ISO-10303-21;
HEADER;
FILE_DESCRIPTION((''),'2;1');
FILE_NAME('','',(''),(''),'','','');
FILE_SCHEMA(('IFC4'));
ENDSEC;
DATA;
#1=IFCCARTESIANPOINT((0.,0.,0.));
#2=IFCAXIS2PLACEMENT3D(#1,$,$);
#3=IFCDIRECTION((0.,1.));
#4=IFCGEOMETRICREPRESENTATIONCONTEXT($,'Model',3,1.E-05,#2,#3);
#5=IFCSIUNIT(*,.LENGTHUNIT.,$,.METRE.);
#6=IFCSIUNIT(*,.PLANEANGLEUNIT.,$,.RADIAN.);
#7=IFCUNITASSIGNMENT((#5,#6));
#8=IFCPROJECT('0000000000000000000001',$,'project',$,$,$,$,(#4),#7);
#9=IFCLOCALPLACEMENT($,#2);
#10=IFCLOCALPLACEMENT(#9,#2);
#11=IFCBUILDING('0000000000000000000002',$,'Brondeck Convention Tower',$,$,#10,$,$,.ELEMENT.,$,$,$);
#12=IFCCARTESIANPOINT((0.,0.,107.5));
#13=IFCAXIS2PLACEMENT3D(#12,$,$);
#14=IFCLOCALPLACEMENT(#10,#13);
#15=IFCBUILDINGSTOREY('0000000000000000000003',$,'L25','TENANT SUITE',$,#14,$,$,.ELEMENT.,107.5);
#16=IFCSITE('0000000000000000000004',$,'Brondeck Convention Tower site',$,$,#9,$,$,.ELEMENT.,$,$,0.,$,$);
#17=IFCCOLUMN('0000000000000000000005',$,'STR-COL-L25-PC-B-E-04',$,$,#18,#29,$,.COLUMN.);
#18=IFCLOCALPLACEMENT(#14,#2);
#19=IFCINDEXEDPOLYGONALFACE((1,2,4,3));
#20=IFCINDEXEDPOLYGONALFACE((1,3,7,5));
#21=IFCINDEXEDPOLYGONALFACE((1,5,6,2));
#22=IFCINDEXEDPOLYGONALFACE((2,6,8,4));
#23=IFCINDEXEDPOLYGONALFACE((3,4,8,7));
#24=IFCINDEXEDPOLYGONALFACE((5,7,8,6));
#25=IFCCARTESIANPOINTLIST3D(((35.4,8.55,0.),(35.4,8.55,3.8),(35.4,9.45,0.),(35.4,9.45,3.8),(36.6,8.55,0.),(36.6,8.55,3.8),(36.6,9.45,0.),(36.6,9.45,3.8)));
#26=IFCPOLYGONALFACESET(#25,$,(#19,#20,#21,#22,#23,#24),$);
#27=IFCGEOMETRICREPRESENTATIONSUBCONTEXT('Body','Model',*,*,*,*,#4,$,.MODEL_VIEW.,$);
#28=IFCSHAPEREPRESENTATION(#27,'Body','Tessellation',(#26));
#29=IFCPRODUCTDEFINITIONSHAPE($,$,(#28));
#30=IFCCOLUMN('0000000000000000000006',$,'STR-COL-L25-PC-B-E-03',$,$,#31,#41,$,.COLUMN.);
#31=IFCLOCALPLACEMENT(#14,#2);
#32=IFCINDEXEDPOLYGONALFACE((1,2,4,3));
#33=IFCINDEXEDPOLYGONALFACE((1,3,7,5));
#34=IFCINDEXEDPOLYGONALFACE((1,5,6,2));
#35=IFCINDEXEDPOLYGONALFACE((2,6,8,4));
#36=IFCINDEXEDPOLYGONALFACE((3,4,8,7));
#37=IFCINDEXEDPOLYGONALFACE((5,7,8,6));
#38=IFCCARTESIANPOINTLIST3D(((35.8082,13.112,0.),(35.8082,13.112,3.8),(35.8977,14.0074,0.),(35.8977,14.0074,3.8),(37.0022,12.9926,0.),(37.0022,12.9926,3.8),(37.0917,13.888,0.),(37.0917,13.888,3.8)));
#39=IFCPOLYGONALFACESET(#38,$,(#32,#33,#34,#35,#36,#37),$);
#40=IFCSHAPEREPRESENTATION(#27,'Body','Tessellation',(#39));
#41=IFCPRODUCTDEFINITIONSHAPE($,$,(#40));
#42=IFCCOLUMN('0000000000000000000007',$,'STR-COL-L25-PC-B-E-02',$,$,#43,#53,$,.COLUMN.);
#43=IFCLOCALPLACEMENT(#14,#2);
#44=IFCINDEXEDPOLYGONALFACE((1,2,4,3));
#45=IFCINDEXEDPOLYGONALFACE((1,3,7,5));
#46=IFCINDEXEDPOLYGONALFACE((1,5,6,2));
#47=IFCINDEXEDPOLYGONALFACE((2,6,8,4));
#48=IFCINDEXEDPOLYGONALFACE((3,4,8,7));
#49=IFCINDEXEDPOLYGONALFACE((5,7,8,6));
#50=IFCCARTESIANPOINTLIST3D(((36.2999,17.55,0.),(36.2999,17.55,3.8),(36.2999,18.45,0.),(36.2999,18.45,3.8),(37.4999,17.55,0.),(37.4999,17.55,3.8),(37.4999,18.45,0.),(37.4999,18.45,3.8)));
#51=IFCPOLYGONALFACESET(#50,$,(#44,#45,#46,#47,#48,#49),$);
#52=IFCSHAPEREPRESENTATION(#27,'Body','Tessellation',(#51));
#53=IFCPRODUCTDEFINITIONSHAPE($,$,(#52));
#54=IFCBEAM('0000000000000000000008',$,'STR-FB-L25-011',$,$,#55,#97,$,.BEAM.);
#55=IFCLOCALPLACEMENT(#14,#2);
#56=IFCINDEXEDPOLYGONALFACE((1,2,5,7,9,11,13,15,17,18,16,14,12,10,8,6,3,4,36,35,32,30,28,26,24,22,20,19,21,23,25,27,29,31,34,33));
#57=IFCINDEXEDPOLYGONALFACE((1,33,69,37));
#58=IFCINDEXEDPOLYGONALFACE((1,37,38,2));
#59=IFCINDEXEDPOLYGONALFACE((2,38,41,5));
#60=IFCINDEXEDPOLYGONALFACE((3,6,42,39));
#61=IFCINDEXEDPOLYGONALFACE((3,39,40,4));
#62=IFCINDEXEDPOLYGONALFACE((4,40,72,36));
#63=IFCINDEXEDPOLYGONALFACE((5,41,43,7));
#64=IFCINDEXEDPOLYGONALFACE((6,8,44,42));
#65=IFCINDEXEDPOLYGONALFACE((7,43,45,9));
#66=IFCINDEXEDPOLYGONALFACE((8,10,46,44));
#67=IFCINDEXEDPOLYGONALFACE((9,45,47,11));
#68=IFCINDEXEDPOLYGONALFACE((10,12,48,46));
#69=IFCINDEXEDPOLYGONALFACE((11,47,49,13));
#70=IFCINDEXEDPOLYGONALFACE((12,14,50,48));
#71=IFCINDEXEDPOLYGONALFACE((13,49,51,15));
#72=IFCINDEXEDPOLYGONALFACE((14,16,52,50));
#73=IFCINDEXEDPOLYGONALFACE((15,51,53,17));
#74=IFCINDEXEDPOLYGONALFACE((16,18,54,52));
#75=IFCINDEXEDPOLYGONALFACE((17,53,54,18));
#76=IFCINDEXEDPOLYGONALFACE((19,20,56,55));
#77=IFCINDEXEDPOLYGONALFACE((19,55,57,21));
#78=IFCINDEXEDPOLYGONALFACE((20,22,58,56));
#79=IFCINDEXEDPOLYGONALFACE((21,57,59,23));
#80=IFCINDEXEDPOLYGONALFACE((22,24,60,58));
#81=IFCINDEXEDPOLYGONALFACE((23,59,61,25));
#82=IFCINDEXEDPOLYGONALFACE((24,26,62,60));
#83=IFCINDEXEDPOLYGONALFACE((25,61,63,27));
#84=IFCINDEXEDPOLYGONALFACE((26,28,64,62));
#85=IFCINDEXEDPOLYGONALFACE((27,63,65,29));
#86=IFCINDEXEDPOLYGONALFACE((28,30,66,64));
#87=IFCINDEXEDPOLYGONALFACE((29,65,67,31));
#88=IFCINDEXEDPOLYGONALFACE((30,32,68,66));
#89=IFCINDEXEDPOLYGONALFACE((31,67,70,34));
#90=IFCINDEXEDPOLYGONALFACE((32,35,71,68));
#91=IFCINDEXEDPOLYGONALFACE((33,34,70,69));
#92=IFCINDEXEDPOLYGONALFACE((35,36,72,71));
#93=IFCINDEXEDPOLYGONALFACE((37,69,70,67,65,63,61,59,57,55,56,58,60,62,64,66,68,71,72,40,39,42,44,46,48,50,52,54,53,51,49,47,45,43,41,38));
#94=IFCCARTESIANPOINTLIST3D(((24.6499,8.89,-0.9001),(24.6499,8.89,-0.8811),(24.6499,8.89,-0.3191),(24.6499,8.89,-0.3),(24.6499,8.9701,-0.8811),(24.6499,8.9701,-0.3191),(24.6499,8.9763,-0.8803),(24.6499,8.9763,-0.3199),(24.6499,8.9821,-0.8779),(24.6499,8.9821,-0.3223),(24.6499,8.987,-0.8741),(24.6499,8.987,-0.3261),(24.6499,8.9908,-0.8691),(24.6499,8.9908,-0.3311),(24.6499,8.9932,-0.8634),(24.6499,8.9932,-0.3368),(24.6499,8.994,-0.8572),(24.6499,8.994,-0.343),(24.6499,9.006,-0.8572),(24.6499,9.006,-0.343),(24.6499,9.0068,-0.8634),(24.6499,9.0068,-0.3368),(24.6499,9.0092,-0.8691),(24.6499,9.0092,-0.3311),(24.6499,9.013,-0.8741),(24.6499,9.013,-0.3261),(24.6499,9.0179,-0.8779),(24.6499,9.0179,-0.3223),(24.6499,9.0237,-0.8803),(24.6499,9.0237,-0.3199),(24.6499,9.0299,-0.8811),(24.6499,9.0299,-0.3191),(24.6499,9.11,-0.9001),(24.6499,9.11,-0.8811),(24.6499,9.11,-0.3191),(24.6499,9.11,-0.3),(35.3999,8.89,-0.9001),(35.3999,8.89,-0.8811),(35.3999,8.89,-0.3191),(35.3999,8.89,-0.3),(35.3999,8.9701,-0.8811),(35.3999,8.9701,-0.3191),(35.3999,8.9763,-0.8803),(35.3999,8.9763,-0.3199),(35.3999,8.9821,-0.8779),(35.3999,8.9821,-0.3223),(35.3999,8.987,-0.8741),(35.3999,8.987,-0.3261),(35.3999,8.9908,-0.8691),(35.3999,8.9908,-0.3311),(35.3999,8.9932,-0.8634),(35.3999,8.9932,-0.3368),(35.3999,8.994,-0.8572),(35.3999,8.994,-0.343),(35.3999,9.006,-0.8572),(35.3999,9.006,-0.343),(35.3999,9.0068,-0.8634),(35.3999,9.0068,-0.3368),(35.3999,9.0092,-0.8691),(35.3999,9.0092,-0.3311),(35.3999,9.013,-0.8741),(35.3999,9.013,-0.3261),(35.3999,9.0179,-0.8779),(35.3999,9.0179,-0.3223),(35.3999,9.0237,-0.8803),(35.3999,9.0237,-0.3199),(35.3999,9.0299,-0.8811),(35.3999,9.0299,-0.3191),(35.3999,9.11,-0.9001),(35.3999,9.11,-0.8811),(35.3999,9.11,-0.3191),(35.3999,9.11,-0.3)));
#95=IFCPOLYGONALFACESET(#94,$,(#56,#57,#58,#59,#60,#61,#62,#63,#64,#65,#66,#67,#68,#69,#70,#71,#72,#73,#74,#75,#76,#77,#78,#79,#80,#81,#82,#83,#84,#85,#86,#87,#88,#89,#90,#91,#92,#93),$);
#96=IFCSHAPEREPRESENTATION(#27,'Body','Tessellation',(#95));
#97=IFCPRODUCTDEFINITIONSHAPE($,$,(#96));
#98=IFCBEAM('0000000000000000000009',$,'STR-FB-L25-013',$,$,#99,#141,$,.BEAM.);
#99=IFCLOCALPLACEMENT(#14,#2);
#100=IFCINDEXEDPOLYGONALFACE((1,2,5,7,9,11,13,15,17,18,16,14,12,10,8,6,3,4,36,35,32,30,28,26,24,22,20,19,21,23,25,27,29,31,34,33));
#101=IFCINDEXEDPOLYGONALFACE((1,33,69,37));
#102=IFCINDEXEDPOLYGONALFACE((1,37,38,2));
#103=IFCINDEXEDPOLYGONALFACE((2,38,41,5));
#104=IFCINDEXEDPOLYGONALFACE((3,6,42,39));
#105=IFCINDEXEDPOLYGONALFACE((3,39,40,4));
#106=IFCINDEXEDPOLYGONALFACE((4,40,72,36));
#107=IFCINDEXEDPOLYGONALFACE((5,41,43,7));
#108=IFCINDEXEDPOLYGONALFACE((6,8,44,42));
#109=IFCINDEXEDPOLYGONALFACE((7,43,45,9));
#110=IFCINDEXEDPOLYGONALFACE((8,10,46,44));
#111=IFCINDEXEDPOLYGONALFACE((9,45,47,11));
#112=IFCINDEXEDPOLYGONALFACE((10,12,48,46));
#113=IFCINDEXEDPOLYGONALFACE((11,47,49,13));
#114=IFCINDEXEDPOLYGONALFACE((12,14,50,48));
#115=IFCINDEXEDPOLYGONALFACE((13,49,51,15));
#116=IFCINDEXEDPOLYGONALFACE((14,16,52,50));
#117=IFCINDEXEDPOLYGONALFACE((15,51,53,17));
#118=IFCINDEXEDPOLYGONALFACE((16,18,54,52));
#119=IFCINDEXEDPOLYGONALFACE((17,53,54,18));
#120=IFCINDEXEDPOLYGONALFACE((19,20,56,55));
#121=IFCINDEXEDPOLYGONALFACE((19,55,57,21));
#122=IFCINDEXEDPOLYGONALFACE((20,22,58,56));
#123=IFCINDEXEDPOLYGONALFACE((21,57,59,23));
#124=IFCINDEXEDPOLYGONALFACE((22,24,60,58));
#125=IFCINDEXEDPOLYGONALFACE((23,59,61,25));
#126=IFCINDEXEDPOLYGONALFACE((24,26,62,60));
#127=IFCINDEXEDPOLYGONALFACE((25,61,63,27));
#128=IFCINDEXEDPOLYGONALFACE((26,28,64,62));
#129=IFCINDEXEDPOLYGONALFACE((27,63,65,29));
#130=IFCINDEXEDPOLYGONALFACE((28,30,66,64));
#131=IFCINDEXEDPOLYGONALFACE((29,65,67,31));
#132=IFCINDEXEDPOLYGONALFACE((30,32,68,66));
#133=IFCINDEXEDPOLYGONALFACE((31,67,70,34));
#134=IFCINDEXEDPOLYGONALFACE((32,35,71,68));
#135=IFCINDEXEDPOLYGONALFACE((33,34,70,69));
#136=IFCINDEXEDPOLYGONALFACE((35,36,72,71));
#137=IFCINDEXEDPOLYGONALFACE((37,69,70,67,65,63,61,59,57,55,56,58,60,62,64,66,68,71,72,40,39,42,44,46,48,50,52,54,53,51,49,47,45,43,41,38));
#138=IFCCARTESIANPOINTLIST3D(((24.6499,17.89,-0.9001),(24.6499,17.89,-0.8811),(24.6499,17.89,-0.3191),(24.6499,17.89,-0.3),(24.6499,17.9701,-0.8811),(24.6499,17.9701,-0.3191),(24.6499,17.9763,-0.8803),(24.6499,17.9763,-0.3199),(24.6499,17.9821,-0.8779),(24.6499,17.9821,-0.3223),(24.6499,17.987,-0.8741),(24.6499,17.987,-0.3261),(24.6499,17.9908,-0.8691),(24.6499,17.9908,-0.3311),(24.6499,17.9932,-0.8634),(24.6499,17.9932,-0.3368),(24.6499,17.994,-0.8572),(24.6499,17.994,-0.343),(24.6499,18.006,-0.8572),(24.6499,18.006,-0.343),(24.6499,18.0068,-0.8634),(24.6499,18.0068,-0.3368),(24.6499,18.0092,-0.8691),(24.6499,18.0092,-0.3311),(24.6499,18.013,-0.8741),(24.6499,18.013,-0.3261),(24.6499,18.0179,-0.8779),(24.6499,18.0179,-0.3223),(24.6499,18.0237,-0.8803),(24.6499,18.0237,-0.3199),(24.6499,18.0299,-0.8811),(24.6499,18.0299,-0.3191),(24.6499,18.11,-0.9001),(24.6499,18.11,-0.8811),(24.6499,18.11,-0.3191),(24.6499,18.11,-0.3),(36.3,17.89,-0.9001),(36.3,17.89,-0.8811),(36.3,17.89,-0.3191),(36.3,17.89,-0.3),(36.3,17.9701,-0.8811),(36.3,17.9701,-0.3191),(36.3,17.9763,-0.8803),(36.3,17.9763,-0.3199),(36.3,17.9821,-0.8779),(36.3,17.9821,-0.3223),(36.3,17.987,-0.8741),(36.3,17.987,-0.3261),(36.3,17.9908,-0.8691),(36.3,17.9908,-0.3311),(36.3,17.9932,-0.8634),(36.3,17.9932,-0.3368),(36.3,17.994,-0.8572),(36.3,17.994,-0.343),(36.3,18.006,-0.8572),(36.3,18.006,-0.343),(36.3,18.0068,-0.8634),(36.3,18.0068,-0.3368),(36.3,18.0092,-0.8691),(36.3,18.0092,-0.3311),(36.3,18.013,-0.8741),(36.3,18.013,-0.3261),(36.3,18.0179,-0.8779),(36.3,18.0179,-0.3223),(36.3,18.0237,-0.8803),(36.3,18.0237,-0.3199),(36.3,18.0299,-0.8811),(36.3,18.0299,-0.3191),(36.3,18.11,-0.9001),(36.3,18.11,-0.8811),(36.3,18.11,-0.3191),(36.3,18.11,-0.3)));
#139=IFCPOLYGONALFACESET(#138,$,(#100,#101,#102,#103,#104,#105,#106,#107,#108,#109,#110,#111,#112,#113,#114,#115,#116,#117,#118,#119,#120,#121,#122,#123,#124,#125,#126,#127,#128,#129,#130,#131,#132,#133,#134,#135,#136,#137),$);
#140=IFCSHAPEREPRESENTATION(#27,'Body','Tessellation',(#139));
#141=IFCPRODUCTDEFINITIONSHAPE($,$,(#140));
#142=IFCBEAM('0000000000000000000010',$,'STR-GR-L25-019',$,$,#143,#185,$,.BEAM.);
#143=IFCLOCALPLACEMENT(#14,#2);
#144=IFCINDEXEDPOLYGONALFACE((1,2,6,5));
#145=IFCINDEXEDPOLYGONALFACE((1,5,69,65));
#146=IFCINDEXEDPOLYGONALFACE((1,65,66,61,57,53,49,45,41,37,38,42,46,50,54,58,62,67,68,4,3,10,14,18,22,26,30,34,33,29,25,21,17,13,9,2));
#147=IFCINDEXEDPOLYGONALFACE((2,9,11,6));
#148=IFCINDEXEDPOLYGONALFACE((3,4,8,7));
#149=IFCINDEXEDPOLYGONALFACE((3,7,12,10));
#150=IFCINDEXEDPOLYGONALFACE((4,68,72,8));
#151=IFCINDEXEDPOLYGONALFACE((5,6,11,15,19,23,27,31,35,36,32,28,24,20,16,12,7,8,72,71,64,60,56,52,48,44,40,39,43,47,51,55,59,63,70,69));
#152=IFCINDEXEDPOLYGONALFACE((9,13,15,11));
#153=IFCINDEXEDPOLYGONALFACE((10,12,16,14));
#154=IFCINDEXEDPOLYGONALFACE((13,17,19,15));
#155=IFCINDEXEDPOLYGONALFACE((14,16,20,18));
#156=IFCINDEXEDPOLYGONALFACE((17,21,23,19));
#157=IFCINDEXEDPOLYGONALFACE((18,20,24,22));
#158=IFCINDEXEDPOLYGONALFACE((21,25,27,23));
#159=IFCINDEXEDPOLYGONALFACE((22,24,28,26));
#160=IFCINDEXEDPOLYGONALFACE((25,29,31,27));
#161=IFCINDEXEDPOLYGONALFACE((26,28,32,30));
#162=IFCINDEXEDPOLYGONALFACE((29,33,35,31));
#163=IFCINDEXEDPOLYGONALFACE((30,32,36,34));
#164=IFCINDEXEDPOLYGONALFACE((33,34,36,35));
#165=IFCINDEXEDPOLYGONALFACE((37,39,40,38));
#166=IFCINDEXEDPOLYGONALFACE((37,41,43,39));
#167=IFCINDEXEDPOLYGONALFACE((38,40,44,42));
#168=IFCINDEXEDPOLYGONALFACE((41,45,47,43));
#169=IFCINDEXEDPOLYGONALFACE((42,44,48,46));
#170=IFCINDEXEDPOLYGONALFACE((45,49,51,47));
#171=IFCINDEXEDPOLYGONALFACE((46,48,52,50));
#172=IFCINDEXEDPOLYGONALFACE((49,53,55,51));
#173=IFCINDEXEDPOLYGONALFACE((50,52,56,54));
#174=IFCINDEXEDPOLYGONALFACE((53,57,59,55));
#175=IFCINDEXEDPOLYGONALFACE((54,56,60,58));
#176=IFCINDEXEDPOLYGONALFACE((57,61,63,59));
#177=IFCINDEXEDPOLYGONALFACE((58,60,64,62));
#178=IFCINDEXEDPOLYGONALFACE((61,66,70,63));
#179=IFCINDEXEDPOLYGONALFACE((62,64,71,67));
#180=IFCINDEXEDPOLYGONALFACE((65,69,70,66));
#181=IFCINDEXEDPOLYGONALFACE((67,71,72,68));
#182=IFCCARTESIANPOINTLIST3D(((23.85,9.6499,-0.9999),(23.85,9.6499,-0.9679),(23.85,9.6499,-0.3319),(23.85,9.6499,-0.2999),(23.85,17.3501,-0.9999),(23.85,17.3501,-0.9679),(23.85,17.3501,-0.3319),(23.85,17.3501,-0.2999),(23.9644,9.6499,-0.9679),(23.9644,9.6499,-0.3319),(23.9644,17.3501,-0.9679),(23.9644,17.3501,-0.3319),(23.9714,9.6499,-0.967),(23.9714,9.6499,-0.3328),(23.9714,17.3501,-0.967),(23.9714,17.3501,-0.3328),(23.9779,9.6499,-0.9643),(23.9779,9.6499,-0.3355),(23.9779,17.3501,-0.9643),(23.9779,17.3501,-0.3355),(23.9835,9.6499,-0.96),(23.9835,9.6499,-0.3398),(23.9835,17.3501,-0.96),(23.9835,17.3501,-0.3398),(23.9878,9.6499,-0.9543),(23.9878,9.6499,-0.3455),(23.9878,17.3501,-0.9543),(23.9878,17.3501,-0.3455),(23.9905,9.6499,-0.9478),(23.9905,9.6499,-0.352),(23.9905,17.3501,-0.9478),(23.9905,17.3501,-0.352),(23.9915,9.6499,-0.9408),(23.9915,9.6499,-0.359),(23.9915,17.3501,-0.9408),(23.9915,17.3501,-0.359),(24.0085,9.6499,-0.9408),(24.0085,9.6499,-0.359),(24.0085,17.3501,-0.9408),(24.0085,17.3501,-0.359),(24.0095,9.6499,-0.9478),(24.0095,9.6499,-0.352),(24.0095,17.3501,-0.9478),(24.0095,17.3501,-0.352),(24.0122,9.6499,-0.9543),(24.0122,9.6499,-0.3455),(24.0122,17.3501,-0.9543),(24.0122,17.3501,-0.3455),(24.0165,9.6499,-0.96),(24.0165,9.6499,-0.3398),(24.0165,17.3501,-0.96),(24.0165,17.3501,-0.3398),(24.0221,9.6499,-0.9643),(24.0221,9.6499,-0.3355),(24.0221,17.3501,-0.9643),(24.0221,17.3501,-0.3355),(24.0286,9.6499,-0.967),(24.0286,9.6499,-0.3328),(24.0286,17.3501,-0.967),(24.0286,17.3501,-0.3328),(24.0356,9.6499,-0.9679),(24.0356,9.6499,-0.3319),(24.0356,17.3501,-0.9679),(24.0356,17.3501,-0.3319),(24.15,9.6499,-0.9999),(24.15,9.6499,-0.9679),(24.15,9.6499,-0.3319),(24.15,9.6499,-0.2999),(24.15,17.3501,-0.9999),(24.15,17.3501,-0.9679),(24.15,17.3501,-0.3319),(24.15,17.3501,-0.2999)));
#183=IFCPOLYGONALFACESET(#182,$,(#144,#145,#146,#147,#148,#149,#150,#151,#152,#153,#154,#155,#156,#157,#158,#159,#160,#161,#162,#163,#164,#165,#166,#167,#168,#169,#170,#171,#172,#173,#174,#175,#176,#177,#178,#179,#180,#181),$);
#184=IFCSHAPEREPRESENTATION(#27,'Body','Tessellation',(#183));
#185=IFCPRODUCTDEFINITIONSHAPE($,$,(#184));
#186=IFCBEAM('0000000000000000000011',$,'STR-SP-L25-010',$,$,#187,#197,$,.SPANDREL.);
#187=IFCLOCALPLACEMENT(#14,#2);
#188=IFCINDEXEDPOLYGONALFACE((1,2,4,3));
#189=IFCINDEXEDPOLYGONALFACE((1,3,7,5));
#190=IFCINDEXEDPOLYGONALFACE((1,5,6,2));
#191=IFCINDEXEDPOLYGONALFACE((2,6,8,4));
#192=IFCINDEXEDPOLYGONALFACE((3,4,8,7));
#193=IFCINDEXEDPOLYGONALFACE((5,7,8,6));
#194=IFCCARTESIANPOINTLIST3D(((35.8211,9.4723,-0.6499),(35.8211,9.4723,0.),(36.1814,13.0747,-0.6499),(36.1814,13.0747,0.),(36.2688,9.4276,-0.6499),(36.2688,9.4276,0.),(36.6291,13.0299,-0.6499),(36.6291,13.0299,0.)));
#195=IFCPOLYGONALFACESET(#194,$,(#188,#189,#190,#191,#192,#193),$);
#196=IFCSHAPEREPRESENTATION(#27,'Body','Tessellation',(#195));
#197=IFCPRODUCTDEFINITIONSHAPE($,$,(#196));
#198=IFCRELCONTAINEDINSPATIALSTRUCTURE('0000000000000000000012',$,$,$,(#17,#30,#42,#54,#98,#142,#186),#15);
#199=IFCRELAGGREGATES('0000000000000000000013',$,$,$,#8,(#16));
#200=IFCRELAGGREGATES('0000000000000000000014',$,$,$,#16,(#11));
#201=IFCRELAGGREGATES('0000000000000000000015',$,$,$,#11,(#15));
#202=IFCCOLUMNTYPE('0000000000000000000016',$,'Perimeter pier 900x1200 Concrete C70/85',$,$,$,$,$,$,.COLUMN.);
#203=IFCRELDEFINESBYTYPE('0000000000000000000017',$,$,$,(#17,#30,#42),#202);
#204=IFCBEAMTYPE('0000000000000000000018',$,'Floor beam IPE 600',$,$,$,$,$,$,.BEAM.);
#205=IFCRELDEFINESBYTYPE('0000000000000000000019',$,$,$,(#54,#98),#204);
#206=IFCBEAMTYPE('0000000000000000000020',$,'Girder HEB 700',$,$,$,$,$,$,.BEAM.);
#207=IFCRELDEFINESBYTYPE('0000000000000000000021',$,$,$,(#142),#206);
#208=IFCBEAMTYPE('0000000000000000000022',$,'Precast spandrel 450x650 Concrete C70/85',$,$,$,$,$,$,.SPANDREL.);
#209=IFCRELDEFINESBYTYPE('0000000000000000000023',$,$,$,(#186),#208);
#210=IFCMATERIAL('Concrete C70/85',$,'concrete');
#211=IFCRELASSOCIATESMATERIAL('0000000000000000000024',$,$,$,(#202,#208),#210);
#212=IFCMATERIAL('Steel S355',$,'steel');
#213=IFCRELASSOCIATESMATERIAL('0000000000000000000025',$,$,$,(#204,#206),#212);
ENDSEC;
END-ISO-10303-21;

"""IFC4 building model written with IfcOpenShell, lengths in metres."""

from ifc_helpers import new_model, si_unit, direction, frame, origin, origin_2d, place, context, subcontext, project, spatial, rectangle, i_section, extrude, material, material_profile, profile_set, type_object, element, save


model = new_model("IFC4")

# Units and contexts
model_context = context("Model", 3, precision=1e-05, world=origin(), true_north=direction((0.0, 1.0)))
body_context = subcontext(model_context, "Body", "Model", "MODEL_VIEW")
ifc_project = project(units=[si_unit("LENGTHUNIT", "METRE"), si_unit("PLANEANGLEUNIT", "RADIAN")], contexts=[model_context])

# Site, building, storey
site_placement = place(None, origin())
site = spatial("IfcSite", under=ifc_project, at=site_placement, Name="Brondeck Convention Tower site", CompositionType="ELEMENT", RefElevation=0.0)
building_placement = place(site_placement, origin())
building = spatial("IfcBuilding", under=site, at=building_placement, Name="Brondeck Convention Tower", CompositionType="ELEMENT")
storey_placement = place(building_placement, frame((0.0, 0.0, 107.5)))
storey = spatial("IfcBuildingStorey", under=building, at=storey_placement, Name="L25", Description="TENANT SUITE", CompositionType="ELEMENT", Elevation=107.5)

# Columns
ifc_material_1 = material(Name="Concrete C70/85", Category="concrete")
ifc_material_profile_1 = material_profile(ifc_material_1, rectangle(XDim=0.8999, YDim=1.2, at=origin_2d()), Name="Perimeter pier 900x1200 Concrete C70/85")
ifc_profile_set_1 = profile_set([ifc_material_profile_1], Name="Concrete C70/85")
column_type = type_object("IfcColumnType", Name="Perimeter pier 900x1200 Concrete C70/85", PredefinedType="COLUMN", material=ifc_profile_set_1)
for number, where, z_axis, x_axis, name in (
    (1, (36.0, 9.0, 0.0), (0.0, 0.0, 1.0), (0.0, 1.0, 0.0), "STR-COL-L25-PC-B-E-04"),
    (2, (36.45, 13.5, 0.0), (0.0, 0.0, 1.0), (0.099504, 0.995037, 0.0), "STR-COL-L25-PC-B-E-03"),
    (3, (36.8999, 18.0, 0.0), (0.0, 0.0, 1.0), (0.0, 1.0, 0.0), "STR-COL-L25-PC-B-E-02"),
):
    element("IfcColumn", number, at=place(storey_placement, frame(where, z_axis=z_axis, x_axis=x_axis)), inside=storey, type_object=column_type, Name=name, PredefinedType="COLUMN", context=body_context, shape_type="SweptSolid", body=[
        extrude(rectangle(XDim=0.8999, YDim=1.2, at=origin_2d()), origin(), (0.0, 0.0, 1.0), 3.8),
    ])

# Beams
ifc_material_2 = material(Name="Steel S355", Category="steel")
ifc_material_profile_2 = material_profile(ifc_material_2, i_section(OverallWidth=0.22, OverallDepth=0.6001, WebThickness=0.012, FlangeThickness=0.019, FilletRadius=0.0239, at=origin_2d()), Name="IPE 600")
ifc_profile_set_2 = profile_set([ifc_material_profile_2], Name="Steel S355")
beam_type_1 = type_object("IfcBeamType", Name="Floor beam IPE 600", PredefinedType="BEAM", material=ifc_profile_set_2)
beam_1_placement = place(storey_placement, frame((24.6499, 9.0, -0.6001), z_axis=(1.0, 0.0, 0.0), x_axis=(0.0, 1.0, 0.0)))
element("IfcBeam", 4, at=beam_1_placement, inside=storey, type_object=beam_type_1, Name="STR-FB-L25-011", PredefinedType="BEAM", context=body_context, shape_type="SweptSolid", body=[
    extrude(i_section(OverallWidth=0.22, OverallDepth=0.6001, WebThickness=0.012, FlangeThickness=0.019, FilletRadius=0.0239, at=origin_2d()), origin(), (0.0, 0.0, 1.0), 10.75),
])
beam_2_placement = place(storey_placement, frame((24.6499, 18.0, -0.6001), z_axis=(1.0, 0.0, 0.0), x_axis=(0.0, 1.0, 0.0)))
element("IfcBeam", 5, at=beam_2_placement, inside=storey, type_object=beam_type_1, Name="STR-FB-L25-013", PredefinedType="BEAM", context=body_context, shape_type="SweptSolid", body=[
    extrude(i_section(OverallWidth=0.22, OverallDepth=0.6001, WebThickness=0.012, FlangeThickness=0.019, FilletRadius=0.0239, at=origin_2d()), origin(), (0.0, 0.0, 1.0), 11.6501),
])
ifc_material_profile_3 = material_profile(ifc_material_2, i_section(OverallWidth=0.3, OverallDepth=0.7, WebThickness=0.0171, FlangeThickness=0.032, FilletRadius=0.0271, at=origin_2d()), Name="HEB 700")
ifc_profile_set_3 = profile_set([ifc_material_profile_3], Name="Steel S355")
beam_type_2 = type_object("IfcBeamType", Name="Girder HEB 700", PredefinedType="BEAM", material=ifc_profile_set_3)
beam_3_placement = place(storey_placement, frame((24.0, 17.3501, -0.6499), z_axis=(0.0, -1.0, 0.0), x_axis=(1.0, 0.0, 0.0)))
element("IfcBeam", 6, at=beam_3_placement, inside=storey, type_object=beam_type_2, Name="STR-GR-L25-019", PredefinedType="BEAM", context=body_context, shape_type="SweptSolid", body=[
    extrude(i_section(OverallWidth=0.3, OverallDepth=0.7, WebThickness=0.0171, FlangeThickness=0.032, FilletRadius=0.0271, at=origin_2d()), origin(), (0.0, 0.0, 1.0), 7.7002),
])
ifc_material_profile_4 = material_profile(ifc_material_1, rectangle(XDim=0.45, YDim=0.6499, at=origin_2d()), Name="Precast spandrel 450x650 Concrete C70/85")
ifc_profile_set_4 = profile_set([ifc_material_profile_4], Name="Concrete C70/85")
beam_type_3 = type_object("IfcBeamType", Name="Precast spandrel 450x650 Concrete C70/85", PredefinedType="SPANDREL", material=ifc_profile_set_4)
for number, where, z_axis, x_axis, name in (
    (7, (36.0449, 9.45, -0.325), (0.099537, 0.995034, 0.0), (-0.995034, 0.099537, 0.0), "STR-SP-L25-010"),
):
    element("IfcBeam", number, at=place(storey_placement, frame(where, z_axis=z_axis, x_axis=x_axis)), inside=storey, type_object=beam_type_3, Name=name, PredefinedType="SPANDREL", context=body_context, shape_type="SweptSolid", body=[
        extrude(rectangle(XDim=0.45, YDim=0.6499, at=origin_2d()), origin(), (0.0, 0.0, 1.0), 3.6204),
    ])

save(model, "model.ifc")
